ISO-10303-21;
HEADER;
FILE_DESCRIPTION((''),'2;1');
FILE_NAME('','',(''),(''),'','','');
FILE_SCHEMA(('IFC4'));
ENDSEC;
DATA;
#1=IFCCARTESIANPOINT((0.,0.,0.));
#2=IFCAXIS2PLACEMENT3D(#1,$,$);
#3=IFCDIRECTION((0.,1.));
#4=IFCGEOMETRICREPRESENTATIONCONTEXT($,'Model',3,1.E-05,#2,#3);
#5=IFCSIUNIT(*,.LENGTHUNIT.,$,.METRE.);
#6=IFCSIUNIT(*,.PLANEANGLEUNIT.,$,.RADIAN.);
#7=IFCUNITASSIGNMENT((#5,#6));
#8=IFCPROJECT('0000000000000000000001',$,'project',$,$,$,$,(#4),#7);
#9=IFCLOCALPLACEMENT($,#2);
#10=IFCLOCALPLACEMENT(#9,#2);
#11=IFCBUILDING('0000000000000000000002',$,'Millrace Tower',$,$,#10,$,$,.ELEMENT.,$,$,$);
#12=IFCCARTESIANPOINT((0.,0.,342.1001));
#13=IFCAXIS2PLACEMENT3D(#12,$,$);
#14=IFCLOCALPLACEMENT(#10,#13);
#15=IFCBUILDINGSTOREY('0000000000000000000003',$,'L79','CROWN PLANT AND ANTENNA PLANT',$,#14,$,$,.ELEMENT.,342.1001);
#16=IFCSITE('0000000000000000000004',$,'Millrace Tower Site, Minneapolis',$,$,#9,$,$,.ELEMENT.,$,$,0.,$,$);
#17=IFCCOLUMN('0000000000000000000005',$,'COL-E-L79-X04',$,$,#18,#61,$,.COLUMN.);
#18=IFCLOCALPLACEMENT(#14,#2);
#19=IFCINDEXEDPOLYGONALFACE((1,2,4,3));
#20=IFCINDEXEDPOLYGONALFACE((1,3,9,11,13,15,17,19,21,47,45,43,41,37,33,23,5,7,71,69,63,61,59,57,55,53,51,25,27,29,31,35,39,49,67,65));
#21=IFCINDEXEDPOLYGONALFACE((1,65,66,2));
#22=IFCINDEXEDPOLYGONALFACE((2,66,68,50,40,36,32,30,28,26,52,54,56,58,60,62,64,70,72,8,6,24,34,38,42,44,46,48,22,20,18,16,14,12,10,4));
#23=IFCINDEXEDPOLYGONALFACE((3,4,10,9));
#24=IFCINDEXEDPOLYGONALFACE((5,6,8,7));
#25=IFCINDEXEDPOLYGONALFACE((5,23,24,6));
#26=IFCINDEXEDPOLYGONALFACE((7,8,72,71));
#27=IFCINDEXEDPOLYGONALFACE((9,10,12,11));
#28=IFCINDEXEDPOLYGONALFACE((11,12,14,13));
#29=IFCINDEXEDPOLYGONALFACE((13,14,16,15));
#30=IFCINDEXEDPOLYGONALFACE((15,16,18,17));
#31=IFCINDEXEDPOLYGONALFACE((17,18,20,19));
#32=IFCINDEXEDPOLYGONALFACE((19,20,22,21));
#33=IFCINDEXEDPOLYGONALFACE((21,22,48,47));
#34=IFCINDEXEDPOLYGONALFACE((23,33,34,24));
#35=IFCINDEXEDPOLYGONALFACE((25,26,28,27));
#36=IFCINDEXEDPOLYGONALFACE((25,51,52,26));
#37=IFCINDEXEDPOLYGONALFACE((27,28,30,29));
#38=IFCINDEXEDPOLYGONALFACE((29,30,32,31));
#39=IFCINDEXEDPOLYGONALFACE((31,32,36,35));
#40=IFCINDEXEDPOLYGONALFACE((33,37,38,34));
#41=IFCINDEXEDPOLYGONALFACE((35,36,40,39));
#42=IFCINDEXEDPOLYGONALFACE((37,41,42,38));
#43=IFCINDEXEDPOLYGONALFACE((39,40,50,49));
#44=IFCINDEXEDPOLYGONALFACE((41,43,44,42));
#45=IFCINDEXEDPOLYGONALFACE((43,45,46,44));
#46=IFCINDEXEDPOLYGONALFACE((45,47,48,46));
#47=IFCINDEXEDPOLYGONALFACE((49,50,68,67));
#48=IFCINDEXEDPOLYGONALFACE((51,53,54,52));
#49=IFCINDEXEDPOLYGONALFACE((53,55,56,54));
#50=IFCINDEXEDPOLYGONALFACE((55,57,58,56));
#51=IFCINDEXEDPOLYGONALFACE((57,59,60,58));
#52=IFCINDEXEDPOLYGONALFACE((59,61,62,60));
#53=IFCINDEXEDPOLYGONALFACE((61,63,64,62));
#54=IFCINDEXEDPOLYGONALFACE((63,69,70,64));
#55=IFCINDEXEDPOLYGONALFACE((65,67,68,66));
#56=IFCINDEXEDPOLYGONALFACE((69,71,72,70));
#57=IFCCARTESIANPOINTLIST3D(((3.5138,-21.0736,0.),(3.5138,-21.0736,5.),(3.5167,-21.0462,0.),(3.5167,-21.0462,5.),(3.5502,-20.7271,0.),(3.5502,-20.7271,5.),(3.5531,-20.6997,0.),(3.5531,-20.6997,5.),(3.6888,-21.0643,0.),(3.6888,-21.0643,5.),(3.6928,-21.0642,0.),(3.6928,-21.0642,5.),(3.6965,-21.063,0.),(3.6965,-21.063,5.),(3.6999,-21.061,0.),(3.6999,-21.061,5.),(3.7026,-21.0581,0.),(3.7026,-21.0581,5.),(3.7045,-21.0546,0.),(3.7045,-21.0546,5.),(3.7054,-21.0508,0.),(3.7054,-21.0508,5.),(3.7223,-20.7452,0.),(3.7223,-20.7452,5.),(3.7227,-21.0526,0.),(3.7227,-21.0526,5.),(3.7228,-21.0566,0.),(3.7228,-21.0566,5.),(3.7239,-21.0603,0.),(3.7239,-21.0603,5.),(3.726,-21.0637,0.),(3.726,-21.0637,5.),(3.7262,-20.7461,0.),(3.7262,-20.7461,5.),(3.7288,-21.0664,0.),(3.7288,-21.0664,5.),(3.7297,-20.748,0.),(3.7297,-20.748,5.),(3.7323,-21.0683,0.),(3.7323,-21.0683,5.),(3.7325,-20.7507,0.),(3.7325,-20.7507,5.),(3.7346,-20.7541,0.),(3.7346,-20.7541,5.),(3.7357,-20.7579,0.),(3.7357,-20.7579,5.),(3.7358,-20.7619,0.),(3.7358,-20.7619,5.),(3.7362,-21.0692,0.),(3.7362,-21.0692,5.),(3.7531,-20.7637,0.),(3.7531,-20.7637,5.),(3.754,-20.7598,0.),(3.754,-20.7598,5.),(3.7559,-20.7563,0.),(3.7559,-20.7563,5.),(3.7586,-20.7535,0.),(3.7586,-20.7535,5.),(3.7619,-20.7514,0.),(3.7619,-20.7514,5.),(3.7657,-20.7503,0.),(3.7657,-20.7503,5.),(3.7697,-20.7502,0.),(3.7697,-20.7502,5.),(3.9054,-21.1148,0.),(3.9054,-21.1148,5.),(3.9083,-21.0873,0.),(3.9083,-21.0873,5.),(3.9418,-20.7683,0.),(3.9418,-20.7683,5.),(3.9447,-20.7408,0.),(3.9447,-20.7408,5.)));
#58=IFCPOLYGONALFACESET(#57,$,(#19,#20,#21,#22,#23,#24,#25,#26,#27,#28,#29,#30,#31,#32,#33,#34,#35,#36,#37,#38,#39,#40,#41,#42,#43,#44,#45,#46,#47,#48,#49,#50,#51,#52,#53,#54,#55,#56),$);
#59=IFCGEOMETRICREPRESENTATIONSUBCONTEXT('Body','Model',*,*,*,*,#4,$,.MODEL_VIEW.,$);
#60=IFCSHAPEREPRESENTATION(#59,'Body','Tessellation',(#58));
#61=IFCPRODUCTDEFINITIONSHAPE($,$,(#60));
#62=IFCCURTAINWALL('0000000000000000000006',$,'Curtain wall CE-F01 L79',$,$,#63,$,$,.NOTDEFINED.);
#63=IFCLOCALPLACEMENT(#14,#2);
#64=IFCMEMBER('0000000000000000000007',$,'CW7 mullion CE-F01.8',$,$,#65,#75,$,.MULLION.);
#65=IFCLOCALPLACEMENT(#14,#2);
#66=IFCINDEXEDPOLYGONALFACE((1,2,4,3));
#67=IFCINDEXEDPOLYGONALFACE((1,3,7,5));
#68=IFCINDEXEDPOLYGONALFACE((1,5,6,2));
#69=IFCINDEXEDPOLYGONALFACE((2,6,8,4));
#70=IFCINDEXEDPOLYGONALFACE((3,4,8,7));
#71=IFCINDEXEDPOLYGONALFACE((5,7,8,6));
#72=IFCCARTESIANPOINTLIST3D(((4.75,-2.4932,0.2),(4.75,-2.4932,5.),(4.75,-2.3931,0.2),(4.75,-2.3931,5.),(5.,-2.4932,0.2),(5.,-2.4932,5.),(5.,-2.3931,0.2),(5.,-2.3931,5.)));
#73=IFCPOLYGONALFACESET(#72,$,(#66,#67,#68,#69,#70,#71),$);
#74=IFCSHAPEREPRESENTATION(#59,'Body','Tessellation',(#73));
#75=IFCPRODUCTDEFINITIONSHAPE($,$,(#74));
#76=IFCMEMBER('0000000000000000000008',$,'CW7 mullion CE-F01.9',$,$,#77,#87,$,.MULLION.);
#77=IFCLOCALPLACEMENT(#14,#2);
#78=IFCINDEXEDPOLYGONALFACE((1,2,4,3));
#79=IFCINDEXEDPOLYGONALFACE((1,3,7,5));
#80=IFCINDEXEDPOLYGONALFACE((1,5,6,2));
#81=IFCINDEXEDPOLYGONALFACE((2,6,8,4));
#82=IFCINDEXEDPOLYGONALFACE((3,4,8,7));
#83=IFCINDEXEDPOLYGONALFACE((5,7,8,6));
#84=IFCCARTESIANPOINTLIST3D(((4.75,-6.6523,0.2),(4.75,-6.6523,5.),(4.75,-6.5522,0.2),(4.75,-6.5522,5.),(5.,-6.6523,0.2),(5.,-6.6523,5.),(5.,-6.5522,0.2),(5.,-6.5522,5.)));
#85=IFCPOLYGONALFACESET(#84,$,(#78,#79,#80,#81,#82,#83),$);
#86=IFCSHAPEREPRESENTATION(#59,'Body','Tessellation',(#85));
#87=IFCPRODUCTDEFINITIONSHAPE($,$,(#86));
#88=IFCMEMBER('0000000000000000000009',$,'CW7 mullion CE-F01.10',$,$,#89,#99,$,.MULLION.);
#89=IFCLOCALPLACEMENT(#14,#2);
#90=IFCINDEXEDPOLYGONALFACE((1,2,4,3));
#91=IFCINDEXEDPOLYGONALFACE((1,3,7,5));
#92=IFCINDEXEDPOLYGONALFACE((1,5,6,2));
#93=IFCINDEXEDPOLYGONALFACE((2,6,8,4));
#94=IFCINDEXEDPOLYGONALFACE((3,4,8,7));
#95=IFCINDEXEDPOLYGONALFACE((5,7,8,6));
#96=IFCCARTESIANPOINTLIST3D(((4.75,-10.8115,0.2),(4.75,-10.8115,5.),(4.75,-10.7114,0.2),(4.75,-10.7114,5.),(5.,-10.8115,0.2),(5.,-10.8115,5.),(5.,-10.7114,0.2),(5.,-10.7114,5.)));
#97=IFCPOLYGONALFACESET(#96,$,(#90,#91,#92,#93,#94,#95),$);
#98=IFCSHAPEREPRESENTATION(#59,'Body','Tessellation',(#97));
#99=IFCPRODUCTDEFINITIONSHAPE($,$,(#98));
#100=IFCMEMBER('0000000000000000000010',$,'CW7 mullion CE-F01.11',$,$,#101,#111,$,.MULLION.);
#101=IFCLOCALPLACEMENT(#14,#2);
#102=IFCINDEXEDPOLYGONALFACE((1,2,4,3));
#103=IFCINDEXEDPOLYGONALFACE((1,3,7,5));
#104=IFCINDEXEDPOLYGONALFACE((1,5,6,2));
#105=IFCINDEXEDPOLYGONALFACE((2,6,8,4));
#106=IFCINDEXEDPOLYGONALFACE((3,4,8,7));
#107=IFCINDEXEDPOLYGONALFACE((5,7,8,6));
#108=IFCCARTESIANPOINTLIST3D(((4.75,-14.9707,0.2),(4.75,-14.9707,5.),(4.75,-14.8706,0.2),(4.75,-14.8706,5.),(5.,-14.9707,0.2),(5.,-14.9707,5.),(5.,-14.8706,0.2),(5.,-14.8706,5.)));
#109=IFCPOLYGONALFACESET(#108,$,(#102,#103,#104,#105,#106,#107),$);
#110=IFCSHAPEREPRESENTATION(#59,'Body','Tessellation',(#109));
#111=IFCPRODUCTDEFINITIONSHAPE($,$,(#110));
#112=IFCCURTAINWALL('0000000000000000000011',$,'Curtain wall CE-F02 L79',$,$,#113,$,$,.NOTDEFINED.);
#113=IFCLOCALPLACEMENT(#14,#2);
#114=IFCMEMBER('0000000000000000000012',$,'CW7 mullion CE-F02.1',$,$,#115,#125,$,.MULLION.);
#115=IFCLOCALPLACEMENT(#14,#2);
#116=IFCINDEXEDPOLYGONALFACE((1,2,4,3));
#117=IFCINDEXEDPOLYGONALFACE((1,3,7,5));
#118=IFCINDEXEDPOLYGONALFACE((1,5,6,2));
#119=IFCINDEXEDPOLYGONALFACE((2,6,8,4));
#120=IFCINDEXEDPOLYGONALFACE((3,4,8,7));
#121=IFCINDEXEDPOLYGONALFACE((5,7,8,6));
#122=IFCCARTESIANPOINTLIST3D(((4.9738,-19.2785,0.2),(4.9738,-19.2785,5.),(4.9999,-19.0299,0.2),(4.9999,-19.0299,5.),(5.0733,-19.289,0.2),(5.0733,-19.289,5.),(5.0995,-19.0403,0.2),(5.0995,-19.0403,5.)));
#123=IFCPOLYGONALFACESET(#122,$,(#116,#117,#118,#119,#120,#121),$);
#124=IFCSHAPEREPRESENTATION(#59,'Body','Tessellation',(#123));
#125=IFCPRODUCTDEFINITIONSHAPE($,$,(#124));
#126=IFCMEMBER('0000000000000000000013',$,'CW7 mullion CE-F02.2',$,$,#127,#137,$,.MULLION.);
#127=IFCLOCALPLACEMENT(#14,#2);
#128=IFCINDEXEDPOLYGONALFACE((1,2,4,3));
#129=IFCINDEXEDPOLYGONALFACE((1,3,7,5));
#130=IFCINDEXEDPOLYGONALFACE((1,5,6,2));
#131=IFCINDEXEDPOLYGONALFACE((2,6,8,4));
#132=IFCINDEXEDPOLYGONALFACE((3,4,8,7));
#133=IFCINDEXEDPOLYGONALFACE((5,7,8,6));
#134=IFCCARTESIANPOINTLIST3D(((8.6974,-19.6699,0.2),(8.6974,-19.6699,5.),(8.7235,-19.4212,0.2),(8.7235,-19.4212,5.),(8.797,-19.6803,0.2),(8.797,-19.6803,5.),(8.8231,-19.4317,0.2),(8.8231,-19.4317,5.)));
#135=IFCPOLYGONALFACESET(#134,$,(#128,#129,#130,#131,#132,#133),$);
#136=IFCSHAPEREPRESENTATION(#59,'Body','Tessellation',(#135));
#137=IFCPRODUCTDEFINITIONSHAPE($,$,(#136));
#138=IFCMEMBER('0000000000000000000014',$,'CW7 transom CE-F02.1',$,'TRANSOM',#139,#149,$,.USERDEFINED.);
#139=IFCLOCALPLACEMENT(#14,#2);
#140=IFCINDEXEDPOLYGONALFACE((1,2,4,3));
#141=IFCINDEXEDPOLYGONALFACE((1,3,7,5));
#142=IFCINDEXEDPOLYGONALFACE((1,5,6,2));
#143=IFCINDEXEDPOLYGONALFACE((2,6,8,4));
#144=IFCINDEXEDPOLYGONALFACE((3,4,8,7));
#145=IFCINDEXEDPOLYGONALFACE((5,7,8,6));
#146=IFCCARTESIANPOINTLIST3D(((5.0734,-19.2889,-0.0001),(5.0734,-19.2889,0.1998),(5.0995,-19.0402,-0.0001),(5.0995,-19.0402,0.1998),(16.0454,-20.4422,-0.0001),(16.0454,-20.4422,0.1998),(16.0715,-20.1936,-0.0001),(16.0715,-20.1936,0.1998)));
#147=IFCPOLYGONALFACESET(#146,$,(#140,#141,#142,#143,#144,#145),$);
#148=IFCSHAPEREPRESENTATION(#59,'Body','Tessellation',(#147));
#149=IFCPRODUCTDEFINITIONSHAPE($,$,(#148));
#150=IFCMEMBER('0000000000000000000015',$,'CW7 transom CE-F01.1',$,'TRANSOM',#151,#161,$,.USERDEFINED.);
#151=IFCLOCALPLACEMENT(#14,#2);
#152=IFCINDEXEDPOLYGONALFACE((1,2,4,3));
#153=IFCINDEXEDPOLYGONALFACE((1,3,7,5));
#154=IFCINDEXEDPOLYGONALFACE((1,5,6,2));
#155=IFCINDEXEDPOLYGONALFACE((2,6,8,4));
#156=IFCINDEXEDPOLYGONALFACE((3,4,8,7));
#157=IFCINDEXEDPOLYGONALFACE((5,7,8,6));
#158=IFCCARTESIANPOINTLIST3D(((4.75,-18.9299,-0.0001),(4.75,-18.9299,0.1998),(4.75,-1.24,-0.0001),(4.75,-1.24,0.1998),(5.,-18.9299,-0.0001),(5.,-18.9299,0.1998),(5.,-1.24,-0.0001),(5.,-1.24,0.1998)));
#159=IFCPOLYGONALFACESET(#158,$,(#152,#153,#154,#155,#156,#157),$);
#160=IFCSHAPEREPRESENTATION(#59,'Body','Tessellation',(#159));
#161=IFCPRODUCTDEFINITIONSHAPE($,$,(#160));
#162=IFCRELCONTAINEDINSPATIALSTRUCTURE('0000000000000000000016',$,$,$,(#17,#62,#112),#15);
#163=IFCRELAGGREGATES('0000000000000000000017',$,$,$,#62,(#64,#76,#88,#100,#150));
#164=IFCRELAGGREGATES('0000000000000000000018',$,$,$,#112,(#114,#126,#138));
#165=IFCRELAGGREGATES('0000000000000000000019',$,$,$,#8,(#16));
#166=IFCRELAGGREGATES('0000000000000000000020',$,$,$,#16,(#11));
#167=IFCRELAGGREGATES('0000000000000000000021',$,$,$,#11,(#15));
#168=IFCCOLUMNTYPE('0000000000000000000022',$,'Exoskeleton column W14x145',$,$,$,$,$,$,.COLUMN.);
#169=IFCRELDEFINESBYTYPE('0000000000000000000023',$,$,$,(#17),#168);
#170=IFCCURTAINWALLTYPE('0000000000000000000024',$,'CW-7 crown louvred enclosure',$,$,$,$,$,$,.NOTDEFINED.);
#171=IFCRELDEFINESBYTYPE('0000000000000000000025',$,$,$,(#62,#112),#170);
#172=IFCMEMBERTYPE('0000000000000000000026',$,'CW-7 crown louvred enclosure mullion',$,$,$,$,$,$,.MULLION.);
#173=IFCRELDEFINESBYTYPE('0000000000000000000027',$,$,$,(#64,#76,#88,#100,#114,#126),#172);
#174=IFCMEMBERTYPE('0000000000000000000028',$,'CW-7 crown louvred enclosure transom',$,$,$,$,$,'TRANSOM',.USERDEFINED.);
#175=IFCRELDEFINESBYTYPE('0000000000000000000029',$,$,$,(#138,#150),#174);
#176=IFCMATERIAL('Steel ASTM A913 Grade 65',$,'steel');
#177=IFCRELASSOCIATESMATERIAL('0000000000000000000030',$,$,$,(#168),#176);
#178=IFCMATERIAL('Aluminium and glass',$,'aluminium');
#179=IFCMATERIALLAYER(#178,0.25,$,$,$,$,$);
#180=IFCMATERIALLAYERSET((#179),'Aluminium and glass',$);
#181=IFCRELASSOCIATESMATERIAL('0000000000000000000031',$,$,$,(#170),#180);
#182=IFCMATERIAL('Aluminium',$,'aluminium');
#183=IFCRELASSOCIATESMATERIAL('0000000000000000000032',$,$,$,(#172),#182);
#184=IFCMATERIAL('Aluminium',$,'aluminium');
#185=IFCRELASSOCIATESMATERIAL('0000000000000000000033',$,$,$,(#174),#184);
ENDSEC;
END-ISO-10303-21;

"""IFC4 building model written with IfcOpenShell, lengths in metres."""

from ifc_helpers import new_model, si_unit, direction, frame, origin, origin_2d, place, context, subcontext, project, spatial, rectangle, i_section, extrude, material, layer, layer_set, material_profile, profile_set, type_object, element, aggregate, save


model = new_model("IFC4")

# Units and contexts
model_context = context("Model", 3, precision=1e-05, world=origin(), true_north=direction((0.0, 1.0)))
body_context = subcontext(model_context, "Body", "Model", "MODEL_VIEW")
ifc_project = project(units=[si_unit("LENGTHUNIT", "METRE"), si_unit("PLANEANGLEUNIT", "RADIAN")], contexts=[model_context])

# Site, building, storey
site_placement = place(None, origin())
site = spatial("IfcSite", under=ifc_project, at=site_placement, Name="Millrace Tower Site, Minneapolis", CompositionType="ELEMENT", RefElevation=0.0)
building_placement = place(site_placement, origin())
building = spatial("IfcBuilding", under=site, at=building_placement, Name="Millrace Tower", CompositionType="ELEMENT")
storey_placement = place(building_placement, frame((0.0, 0.0, 342.1001)))
storey = spatial("IfcBuildingStorey", under=building, at=storey_placement, Name="L79", Description="CROWN PLANT AND ANTENNA PLANT", CompositionType="ELEMENT", Elevation=342.1001)

# Column
ifc_material_1 = material(Name="Steel ASTM A913 Grade 65", Category="steel")
ifc_material_profile_1 = material_profile(ifc_material_1, i_section(OverallWidth=0.3938, OverallDepth=0.376, WebThickness=0.0173, FlangeThickness=0.0276, FilletRadius=0.0151, at=origin_2d()))
ifc_profile_set_1 = profile_set([ifc_material_profile_1], Name="Steel ASTM A913 Grade 65")
column_type = type_object("IfcColumnType", Name="Exoskeleton column W14x145", PredefinedType="COLUMN", material=ifc_profile_set_1)
column_placement = place(storey_placement, frame((3.7292, -20.9072, 0.0), z_axis=(0.0, 0.0, 1.0), x_axis=(0.994522, -0.104528, 0.0)))
element("IfcColumn", 1, at=column_placement, inside=storey, type_object=column_type, Name="COL-E-L79-X04", PredefinedType="COLUMN", context=body_context, shape_type="SweptSolid", body=[
    extrude(i_section(OverallWidth=0.3938, OverallDepth=0.376, WebThickness=0.0173, FlangeThickness=0.0276, FilletRadius=0.0151, at=origin_2d()), origin(), (0.0, 0.0, 1.0), 5.0),
])

# Curtain walls, members
ifc_material_2 = material(Name="Aluminium and glass", Category="aluminium")
ifc_layer_1 = layer(ifc_material_2, 0.25)
ifc_layer_set_1 = layer_set([ifc_layer_1], Name="Aluminium and glass")
curtain_wall_type = type_object("IfcCurtainWallType", Name="CW-7 crown louvred enclosure", PredefinedType="NOTDEFINED", material=ifc_layer_set_1)
placement_1 = place(storey_placement, origin())
curtain_wall_1 = element("IfcCurtainWall", 2, at=placement_1, inside=storey, type_object=curtain_wall_type, Name="Curtain wall CE-F01 L79", PredefinedType="NOTDEFINED")
ifc_material_3 = material(Name="Aluminium", Category="aluminium")
ifc_material_profile_2 = material_profile(ifc_material_3, rectangle(XDim=0.1001, YDim=0.25, at=origin_2d()))
ifc_profile_set_2 = profile_set([ifc_material_profile_2], Name="Aluminium")
member_type_1 = type_object("IfcMemberType", Name="CW-7 crown louvred enclosure mullion", PredefinedType="MULLION", material=ifc_profile_set_2)
member_1_placement = place(storey_placement, frame((4.875, -2.4431, 0.2), z_axis=(0.0, 0.0, 1.0), x_axis=(0.0, -1.0, 0.0)))
member_1 = element("IfcMember", 3, at=member_1_placement, type_object=member_type_1, Name="CW7 mullion CE-F01.8", PredefinedType="MULLION", context=body_context, shape_type="SweptSolid", body=[
    extrude(rectangle(XDim=0.1001, YDim=0.25, at=origin_2d()), origin(), (0.0, 0.0, 1.0), 4.8),
])
member_2_placement = place(storey_placement, frame((4.875, -6.6023, 0.2), z_axis=(0.0, 0.0, 1.0), x_axis=(0.0, -1.0, 0.0)))
member_2 = element("IfcMember", 4, at=member_2_placement, type_object=member_type_1, Name="CW7 mullion CE-F01.9", PredefinedType="MULLION", context=body_context, shape_type="SweptSolid", body=[
    extrude(rectangle(XDim=0.1001, YDim=0.25, at=origin_2d()), origin(), (0.0, 0.0, 1.0), 4.8),
])
member_3_placement = place(storey_placement, frame((4.875, -10.7615, 0.2), z_axis=(0.0, 0.0, 1.0), x_axis=(0.0, -1.0, 0.0)))
member_3 = element("IfcMember", 5, at=member_3_placement, type_object=member_type_1, Name="CW7 mullion CE-F01.10", PredefinedType="MULLION", context=body_context, shape_type="SweptSolid", body=[
    extrude(rectangle(XDim=0.1001, YDim=0.25, at=origin_2d()), origin(), (0.0, 0.0, 1.0), 4.8),
])
member_4_placement = place(storey_placement, frame((4.875, -14.9207, 0.2), z_axis=(0.0, 0.0, 1.0), x_axis=(0.0, -1.0, 0.0)))
member_4 = element("IfcMember", 6, at=member_4_placement, type_object=member_type_1, Name="CW7 mullion CE-F01.11", PredefinedType="MULLION", context=body_context, shape_type="SweptSolid", body=[
    extrude(rectangle(XDim=0.1001, YDim=0.25, at=origin_2d()), origin(), (0.0, 0.0, 1.0), 4.8),
])
curtain_wall_2 = element("IfcCurtainWall", 7, at=placement_1, inside=storey, type_object=curtain_wall_type, Name="Curtain wall CE-F02 L79", PredefinedType="NOTDEFINED")
member_5_placement = place(storey_placement, frame((5.0366, -19.1594, 0.2), z_axis=(0.0, 0.0, 1.0), x_axis=(0.994522, -0.104528, 0.0)))
member_5 = element("IfcMember", 8, at=member_5_placement, type_object=member_type_1, Name="CW7 mullion CE-F02.1", PredefinedType="MULLION", context=body_context, shape_type="SweptSolid", body=[
    extrude(rectangle(XDim=0.1001, YDim=0.25, at=origin_2d()), origin(), (0.0, 0.0, 1.0), 4.8),
])
member_6_placement = place(storey_placement, frame((8.7603, -19.5508, 0.2), z_axis=(0.0, 0.0, 1.0), x_axis=(0.994522, -0.104528, 0.0)))
member_6 = element("IfcMember", 9, at=member_6_placement, type_object=member_type_1, Name="CW7 mullion CE-F02.2", PredefinedType="MULLION", context=body_context, shape_type="SweptSolid", body=[
    extrude(rectangle(XDim=0.1001, YDim=0.25, at=origin_2d()), origin(), (0.0, 0.0, 1.0), 4.8),
])
ifc_material_4 = material(Name="Aluminium", Category="aluminium")
ifc_material_profile_3 = material_profile(ifc_material_4, rectangle(XDim=0.25, YDim=0.2, at=origin_2d()))
ifc_profile_set_3 = profile_set([ifc_material_profile_3], Name="Aluminium")
member_type_2 = type_object("IfcMemberType", Name="CW-7 crown louvred enclosure transom", ElementType="TRANSOM", PredefinedType="USERDEFINED", material=ifc_profile_set_3)
member_7_placement = place(storey_placement, frame((5.0864, -19.1646, 0.0999), z_axis=(0.994521, -0.10454, 0.0), x_axis=(0.10454, 0.994521, 0.0)))
member_7 = element("IfcMember", 10, at=member_7_placement, type_object=member_type_2, Name="CW7 transom CE-F02.1", ObjectType="TRANSOM", PredefinedType="USERDEFINED", context=body_context, shape_type="SweptSolid", body=[
    extrude(rectangle(XDim=0.25, YDim=0.2, at=origin_2d()), origin(), (0.0, 0.0, 1.0), 11.0325),
])

# Member
member_8_placement = place(storey_placement, frame((4.875, -18.9299, 0.0999), z_axis=(0.0, 1.0, 0.0), x_axis=(-1.0, 0.0, 0.0)))
member_8 = element("IfcMember", 11, at=member_8_placement, type_object=member_type_2, Name="CW7 transom CE-F01.1", ObjectType="TRANSOM", PredefinedType="USERDEFINED", context=body_context, shape_type="SweptSolid", body=[
    extrude(rectangle(XDim=0.25, YDim=0.2, at=origin_2d()), origin(), (0.0, 0.0, 1.0), 17.6899),
])

aggregate(curtain_wall_1, [member_1, member_2, member_3, member_4, member_8])
aggregate(curtain_wall_2, [member_5, member_6, member_7])

save(model, "model.ifc")
